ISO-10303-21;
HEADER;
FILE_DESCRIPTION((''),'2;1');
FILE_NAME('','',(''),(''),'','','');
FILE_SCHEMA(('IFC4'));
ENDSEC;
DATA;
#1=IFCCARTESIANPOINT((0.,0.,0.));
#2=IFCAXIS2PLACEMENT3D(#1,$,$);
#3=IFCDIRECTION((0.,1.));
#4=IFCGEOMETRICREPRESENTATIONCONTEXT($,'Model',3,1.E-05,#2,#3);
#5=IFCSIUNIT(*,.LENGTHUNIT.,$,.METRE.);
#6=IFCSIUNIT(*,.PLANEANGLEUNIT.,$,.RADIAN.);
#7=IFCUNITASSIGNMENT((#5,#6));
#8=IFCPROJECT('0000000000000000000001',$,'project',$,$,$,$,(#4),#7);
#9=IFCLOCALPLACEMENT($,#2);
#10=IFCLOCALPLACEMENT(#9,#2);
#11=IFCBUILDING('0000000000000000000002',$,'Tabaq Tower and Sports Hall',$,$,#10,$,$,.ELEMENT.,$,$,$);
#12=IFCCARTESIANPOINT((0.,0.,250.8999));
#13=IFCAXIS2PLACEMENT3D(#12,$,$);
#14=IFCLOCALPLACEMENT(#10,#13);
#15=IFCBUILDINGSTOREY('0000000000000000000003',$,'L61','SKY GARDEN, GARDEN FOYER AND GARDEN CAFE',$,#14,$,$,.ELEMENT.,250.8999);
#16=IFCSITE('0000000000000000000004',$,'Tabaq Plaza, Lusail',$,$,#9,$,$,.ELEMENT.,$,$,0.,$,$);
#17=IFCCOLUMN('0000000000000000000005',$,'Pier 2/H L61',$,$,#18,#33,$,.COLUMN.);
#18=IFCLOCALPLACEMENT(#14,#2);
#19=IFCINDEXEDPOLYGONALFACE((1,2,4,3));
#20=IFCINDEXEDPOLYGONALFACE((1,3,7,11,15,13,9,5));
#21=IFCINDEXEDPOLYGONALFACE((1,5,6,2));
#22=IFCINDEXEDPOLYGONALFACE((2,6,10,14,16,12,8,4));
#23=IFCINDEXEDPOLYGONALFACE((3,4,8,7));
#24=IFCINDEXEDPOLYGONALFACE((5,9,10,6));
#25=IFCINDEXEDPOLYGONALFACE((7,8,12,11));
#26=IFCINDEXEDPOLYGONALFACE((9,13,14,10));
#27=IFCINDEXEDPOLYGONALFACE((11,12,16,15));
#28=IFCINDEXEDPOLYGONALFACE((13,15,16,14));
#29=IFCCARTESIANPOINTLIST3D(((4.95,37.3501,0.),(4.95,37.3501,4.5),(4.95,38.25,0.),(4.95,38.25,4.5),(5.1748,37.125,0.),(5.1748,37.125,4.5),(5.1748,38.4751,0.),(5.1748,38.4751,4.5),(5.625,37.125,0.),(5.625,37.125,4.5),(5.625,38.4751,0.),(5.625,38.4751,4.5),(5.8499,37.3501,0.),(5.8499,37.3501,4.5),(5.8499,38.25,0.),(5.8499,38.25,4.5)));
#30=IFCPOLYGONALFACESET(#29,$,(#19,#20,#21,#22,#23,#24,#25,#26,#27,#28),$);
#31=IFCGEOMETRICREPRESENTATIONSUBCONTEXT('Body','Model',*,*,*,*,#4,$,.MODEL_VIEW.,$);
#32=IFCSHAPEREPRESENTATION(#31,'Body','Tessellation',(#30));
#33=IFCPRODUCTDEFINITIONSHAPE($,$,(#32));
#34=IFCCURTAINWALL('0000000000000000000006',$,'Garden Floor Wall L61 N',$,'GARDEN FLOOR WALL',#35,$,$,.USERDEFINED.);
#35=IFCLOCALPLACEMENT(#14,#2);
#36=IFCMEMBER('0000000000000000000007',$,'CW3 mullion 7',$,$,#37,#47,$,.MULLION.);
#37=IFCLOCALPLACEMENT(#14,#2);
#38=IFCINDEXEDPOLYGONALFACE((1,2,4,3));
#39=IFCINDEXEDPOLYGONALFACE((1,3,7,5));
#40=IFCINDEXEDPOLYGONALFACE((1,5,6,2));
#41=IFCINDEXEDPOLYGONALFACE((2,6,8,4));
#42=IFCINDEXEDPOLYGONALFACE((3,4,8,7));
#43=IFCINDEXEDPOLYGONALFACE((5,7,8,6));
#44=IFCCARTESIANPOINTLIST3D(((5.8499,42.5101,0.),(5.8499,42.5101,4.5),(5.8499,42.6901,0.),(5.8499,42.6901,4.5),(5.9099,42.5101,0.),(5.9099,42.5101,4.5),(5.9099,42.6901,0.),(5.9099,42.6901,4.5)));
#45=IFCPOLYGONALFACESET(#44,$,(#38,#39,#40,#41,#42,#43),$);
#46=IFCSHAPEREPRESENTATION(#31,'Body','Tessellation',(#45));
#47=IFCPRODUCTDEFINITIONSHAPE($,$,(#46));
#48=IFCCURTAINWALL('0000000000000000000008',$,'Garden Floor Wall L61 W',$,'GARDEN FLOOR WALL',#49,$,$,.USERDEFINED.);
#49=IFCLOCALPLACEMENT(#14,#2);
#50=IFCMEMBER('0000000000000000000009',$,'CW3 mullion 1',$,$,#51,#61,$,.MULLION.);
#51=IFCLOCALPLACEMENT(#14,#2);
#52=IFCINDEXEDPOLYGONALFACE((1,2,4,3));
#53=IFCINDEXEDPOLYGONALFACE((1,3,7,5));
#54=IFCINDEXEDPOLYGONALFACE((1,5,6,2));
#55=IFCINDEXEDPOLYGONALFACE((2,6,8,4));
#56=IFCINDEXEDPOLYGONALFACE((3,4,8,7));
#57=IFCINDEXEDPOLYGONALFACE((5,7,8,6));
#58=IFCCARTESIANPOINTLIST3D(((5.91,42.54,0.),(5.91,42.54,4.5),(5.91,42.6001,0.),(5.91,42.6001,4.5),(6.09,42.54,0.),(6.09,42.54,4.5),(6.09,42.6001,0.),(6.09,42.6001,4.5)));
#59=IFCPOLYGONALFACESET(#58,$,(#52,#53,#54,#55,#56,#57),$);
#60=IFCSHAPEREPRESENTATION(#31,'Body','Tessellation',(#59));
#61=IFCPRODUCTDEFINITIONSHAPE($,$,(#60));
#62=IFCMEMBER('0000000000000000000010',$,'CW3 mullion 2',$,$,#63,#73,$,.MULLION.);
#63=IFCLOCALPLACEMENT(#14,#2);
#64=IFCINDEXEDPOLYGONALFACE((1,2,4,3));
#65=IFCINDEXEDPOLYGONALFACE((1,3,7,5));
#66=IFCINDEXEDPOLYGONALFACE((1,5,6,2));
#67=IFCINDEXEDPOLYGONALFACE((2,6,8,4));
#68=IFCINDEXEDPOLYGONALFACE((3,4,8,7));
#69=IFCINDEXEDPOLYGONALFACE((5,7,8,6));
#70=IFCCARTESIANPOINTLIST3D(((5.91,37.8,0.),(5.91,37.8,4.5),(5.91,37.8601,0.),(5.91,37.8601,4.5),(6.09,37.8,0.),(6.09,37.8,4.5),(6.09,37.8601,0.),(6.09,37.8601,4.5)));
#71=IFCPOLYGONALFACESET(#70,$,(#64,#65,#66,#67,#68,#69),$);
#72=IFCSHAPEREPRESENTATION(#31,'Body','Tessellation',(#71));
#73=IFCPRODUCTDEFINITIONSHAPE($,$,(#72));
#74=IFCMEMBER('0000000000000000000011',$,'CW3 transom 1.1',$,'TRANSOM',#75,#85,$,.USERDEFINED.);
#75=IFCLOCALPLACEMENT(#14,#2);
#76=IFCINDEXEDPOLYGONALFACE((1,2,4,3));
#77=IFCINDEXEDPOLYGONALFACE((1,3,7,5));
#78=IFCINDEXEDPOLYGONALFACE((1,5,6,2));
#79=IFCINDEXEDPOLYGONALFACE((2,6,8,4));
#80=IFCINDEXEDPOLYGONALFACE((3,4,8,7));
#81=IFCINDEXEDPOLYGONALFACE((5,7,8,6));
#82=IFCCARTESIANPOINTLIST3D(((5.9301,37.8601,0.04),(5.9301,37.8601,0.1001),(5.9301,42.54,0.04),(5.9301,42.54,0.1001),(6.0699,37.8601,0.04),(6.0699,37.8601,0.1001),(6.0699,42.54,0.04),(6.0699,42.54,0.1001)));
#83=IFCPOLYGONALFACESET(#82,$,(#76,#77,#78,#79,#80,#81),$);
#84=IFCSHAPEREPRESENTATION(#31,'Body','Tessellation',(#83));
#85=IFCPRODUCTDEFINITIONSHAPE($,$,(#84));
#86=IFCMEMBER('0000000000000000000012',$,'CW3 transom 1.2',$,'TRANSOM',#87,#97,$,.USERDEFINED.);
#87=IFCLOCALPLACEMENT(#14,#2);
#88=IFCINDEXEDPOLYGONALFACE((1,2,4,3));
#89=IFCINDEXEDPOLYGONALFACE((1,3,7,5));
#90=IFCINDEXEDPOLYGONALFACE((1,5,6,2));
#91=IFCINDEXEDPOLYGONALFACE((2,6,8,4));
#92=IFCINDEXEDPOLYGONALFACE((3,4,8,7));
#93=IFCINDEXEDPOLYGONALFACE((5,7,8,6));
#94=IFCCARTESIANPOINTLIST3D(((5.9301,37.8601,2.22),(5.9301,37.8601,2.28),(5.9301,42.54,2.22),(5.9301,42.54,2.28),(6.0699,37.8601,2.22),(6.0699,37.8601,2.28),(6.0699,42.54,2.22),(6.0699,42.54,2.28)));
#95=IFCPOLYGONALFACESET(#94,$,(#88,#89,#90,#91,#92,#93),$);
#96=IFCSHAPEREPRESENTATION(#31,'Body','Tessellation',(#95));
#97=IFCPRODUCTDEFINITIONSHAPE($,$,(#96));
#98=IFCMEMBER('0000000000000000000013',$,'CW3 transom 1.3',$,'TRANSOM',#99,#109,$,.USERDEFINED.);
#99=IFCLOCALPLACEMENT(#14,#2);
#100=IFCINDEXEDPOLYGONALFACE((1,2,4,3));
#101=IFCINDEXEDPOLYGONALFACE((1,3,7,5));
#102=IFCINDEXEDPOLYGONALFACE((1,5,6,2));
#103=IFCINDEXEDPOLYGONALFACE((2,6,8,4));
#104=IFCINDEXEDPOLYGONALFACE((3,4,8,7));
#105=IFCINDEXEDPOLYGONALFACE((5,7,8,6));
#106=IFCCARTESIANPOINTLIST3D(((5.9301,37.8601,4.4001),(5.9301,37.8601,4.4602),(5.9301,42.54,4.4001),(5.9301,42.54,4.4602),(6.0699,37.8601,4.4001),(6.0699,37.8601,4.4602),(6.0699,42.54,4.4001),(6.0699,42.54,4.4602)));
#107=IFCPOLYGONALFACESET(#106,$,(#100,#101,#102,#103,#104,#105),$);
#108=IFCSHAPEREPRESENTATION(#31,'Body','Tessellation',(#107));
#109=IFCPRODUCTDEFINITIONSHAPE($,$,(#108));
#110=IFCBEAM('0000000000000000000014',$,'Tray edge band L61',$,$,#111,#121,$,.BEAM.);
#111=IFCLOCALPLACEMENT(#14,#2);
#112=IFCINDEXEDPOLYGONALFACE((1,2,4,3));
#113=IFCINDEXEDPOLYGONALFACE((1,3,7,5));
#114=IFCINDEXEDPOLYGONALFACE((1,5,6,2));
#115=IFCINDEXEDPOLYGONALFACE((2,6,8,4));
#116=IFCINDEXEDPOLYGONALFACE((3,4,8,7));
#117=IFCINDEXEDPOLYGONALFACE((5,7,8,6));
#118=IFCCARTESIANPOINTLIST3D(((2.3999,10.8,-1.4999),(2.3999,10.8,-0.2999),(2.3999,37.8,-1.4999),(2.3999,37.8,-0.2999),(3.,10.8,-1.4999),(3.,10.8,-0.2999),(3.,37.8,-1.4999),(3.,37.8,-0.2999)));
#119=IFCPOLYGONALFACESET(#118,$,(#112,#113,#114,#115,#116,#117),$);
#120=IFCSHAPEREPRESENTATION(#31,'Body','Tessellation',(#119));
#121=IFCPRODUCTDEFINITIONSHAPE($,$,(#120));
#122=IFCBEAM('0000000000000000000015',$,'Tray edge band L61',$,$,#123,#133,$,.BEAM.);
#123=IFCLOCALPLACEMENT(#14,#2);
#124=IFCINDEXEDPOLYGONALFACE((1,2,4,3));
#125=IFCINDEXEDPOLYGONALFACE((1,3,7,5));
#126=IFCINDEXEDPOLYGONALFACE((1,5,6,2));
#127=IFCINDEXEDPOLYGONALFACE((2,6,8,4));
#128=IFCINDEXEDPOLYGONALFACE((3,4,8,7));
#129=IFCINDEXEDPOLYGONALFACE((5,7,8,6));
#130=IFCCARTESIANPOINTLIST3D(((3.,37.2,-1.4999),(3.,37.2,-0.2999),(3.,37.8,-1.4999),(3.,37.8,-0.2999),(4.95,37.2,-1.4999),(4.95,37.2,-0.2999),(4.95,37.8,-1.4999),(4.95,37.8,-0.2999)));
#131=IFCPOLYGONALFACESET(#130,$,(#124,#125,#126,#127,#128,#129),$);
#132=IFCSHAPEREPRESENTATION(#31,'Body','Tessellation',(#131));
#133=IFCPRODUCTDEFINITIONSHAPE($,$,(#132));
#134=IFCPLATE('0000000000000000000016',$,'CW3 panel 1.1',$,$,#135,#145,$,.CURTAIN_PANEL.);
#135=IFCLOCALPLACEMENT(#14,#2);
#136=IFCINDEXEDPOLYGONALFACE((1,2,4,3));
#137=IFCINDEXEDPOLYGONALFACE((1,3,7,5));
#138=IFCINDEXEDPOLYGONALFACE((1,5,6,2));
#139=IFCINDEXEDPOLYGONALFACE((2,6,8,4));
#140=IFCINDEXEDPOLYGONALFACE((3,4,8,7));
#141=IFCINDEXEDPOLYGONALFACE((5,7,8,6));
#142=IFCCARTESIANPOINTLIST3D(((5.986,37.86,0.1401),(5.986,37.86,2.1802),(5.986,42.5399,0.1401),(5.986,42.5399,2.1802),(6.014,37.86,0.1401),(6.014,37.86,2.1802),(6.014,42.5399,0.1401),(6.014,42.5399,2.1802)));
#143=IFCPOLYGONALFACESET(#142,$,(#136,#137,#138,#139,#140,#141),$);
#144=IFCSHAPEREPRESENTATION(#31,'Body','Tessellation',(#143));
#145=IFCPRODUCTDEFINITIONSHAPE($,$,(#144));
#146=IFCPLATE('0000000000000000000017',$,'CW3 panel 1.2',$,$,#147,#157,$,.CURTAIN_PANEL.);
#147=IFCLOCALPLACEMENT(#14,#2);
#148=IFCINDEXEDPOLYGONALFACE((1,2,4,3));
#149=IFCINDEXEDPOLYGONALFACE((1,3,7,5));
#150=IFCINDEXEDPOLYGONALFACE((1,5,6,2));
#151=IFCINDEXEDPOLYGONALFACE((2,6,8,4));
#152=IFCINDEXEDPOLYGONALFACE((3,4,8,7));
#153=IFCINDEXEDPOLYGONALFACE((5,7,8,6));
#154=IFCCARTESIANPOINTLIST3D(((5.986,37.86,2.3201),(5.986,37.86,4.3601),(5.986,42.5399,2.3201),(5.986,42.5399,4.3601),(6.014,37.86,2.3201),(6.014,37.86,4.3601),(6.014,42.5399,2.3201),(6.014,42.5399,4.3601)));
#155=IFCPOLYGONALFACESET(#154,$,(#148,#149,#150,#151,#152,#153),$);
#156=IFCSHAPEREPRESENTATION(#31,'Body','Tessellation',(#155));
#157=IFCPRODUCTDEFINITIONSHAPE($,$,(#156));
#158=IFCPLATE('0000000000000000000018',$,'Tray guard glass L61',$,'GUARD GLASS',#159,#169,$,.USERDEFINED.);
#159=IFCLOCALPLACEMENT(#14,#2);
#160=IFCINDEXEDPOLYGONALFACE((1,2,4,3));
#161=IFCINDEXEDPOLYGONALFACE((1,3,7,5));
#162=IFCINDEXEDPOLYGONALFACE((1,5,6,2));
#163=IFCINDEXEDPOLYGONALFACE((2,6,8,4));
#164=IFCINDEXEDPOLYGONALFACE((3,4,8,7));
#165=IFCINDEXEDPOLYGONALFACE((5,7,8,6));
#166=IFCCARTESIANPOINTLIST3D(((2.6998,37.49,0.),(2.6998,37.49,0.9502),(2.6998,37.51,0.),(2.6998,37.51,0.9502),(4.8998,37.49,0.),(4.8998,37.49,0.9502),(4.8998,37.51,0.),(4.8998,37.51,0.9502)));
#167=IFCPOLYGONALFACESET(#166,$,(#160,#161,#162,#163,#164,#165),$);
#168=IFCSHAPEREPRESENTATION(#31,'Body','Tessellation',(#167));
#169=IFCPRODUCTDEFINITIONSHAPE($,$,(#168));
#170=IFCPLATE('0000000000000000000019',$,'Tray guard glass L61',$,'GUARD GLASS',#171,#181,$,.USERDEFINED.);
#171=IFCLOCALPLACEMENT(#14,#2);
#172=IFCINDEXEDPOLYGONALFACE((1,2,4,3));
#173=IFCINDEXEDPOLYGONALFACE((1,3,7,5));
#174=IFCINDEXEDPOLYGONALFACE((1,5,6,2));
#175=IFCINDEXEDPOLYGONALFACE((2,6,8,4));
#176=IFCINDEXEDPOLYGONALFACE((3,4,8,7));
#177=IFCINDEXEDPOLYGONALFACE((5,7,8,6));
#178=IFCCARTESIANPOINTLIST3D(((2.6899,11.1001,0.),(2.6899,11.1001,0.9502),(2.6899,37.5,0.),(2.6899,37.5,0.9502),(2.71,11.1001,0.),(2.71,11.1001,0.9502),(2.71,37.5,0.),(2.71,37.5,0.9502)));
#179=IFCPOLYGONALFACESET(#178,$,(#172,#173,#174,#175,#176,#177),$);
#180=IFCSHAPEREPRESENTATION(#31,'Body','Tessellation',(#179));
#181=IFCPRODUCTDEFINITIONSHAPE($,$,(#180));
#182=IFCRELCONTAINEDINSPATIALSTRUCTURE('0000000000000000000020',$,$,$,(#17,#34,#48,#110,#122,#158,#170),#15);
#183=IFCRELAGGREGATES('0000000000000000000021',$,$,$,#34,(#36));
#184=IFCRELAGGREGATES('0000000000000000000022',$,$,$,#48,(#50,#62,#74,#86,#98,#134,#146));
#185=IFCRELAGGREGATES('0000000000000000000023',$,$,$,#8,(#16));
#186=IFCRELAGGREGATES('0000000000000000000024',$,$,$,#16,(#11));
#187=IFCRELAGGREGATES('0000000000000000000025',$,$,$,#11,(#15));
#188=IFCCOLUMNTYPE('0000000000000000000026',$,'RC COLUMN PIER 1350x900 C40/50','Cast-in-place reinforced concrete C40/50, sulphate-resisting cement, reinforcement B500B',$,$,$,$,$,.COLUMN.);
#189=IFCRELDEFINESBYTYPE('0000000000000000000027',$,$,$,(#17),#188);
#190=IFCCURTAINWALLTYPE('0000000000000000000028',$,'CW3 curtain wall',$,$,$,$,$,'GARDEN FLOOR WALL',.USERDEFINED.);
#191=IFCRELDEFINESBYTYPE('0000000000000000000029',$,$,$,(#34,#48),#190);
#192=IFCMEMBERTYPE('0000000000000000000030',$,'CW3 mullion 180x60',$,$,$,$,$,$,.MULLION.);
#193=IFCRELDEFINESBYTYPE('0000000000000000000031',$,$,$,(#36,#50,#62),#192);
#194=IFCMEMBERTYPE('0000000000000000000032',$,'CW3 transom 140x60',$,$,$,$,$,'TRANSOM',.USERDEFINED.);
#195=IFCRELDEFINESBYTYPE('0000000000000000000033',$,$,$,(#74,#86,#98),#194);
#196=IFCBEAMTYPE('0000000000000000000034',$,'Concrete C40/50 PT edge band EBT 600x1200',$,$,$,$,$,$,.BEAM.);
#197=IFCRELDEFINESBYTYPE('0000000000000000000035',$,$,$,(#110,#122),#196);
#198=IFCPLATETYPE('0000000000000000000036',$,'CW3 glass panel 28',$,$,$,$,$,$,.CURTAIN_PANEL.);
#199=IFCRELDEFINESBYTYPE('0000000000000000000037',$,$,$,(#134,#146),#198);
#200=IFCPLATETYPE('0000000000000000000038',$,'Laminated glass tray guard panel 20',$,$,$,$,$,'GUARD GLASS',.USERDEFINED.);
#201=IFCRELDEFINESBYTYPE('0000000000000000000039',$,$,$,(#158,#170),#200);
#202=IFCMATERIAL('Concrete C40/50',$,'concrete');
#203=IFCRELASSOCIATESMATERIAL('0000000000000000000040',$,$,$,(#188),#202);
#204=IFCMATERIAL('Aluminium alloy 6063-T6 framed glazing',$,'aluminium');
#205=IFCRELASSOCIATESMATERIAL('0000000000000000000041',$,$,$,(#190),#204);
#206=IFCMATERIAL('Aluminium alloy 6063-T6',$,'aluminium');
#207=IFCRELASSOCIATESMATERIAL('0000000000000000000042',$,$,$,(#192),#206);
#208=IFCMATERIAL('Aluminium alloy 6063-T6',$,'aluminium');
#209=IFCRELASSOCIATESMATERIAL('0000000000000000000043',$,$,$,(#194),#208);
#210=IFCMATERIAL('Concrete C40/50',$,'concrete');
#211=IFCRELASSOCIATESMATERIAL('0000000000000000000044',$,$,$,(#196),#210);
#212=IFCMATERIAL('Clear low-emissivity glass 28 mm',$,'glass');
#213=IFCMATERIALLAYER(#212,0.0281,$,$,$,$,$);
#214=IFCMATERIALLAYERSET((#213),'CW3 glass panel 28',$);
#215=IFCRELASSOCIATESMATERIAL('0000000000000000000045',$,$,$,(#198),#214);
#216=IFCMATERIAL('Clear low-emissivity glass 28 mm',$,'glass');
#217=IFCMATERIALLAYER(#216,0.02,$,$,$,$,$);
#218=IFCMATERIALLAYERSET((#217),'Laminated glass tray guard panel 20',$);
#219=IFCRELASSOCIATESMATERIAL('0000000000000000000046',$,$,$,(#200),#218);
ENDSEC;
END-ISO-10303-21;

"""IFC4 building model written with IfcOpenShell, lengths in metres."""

from ifc_helpers import new_model, si_unit, direction, frame, frame_2d, origin, origin_2d, place, context, subcontext, project, spatial, polyline, rectangle, outline, extrude, material, layer, layer_set, material_profile, profile_set, type_object, element, aggregate, save


model = new_model("IFC4")

# Units and contexts
model_context = context("Model", 3, precision=1e-05, world=origin(), true_north=direction((0.0, 1.0)))
body_context = subcontext(model_context, "Body", "Model", "MODEL_VIEW")
ifc_project = project(units=[si_unit("LENGTHUNIT", "METRE"), si_unit("PLANEANGLEUNIT", "RADIAN")], contexts=[model_context])

# Site, building, storey
site_placement = place(None, origin())
site = spatial("IfcSite", under=ifc_project, at=site_placement, Name="Tabaq Plaza, Lusail", CompositionType="ELEMENT", RefElevation=0.0)
building_placement = place(site_placement, origin())
building = spatial("IfcBuilding", under=site, at=building_placement, Name="Tabaq Tower and Sports Hall", CompositionType="ELEMENT")
storey_placement = place(building_placement, frame((0.0, 0.0, 250.8999)))
storey = spatial("IfcBuildingStorey", under=building, at=storey_placement, Name="L61", Description="SKY GARDEN, GARDEN FOYER AND GARDEN CAFE", CompositionType="ELEMENT", Elevation=250.8999)

# Column
ifc_material_1 = material(Name="Concrete C40/50", Category="concrete")
ifc_material_profile_1 = material_profile(ifc_material_1, outline(polyline([(-0.45, -0.45), (0.45, -0.45), (0.675, -0.2251), (0.675, 0.2251), (0.45, 0.45), (-0.45, 0.45), (-0.675, 0.2251), (-0.675, -0.2251), (-0.45, -0.45)])), Name="PIER 1350x900")
ifc_profile_set_1 = profile_set([ifc_material_profile_1], Name="Concrete C40/50")
column_type = type_object("IfcColumnType", Name="RC COLUMN PIER 1350x900 C40/50", Description="Cast-in-place reinforced concrete C40/50, sulphate-resisting cement, reinforcement B500B", PredefinedType="COLUMN", material=ifc_profile_set_1)
column_placement = place(storey_placement, frame((5.3999, 37.8, 0.0), z_axis=(0.0, 0.0, 1.0), x_axis=(0.0, 1.0, 0.0)))
element("IfcColumn", 1, at=column_placement, inside=storey, type_object=column_type, Name="Pier 2/H L61", PredefinedType="COLUMN", context=body_context, shape_type="SweptSolid", body=[
    extrude(outline(polyline([(-0.45, -0.45), (0.45, -0.45), (0.675, -0.2251), (0.675, 0.2251), (0.45, 0.45), (-0.45, 0.45), (-0.675, 0.2251), (-0.675, -0.2251), (-0.45, -0.45)])), origin(), (0.0, 0.0, 1.0), 4.5),
])

# Curtain wall, member
ifc_material_2 = material(Name="Aluminium alloy 6063-T6 framed glazing", Category="aluminium")
curtain_wall_type = type_object("IfcCurtainWallType", Name="CW3 curtain wall", ElementType="GARDEN FLOOR WALL", PredefinedType="USERDEFINED", material=ifc_material_2)
curtain_wall_1_placement = place(storey_placement, origin())
curtain_wall_1 = element("IfcCurtainWall", 2, at=curtain_wall_1_placement, inside=storey, type_object=curtain_wall_type, Name="Garden Floor Wall L61 N", ObjectType="GARDEN FLOOR WALL", PredefinedType="USERDEFINED")
ifc_material_3 = material(Name="Aluminium alloy 6063-T6", Category="aluminium")
ifc_material_profile_2 = material_profile(ifc_material_3, rectangle(XDim=0.1799, YDim=0.0601, at=origin_2d()), Name="MULLION 180x60")
ifc_profile_set_2 = profile_set([ifc_material_profile_2], Name="Aluminium alloy 6063-T6")
member_type_1 = type_object("IfcMemberType", Name="CW3 mullion 180x60", PredefinedType="MULLION", material=ifc_profile_set_2)
member_1_placement = place(storey_placement, frame((5.8799, 42.6001, 0.0), z_axis=(0.0, 0.0, 1.0), x_axis=(0.0, -1.0, 0.0)))
member_1 = element("IfcMember", 3, at=member_1_placement, type_object=member_type_1, Name="CW3 mullion 7", PredefinedType="MULLION", context=body_context, shape_type="SweptSolid", body=[
    extrude(rectangle(XDim=0.1799, YDim=0.0601, at=origin_2d()), origin(), (0.0, 0.0, 1.0), 4.5),
])
aggregate(curtain_wall_1, [member_1])

# Curtain wall, members
curtain_wall_2_placement = place(storey_placement, origin())
curtain_wall_2 = element("IfcCurtainWall", 4, at=curtain_wall_2_placement, inside=storey, type_object=curtain_wall_type, Name="Garden Floor Wall L61 W", ObjectType="GARDEN FLOOR WALL", PredefinedType="USERDEFINED")
member_2_placement = place(storey_placement, frame((6.0, 42.5701, 0.0), z_axis=(0.0, 0.0, 1.0), x_axis=(1.0, 0.0, 0.0)))
member_2 = element("IfcMember", 5, at=member_2_placement, type_object=member_type_1, Name="CW3 mullion 1", PredefinedType="MULLION", context=body_context, shape_type="SweptSolid", body=[
    extrude(rectangle(XDim=0.1799, YDim=0.0601, at=origin_2d()), origin(), (0.0, 0.0, 1.0), 4.5),
])
member_3_placement = place(storey_placement, frame((6.0, 37.8301, 0.0), z_axis=(0.0, 0.0, 1.0), x_axis=(1.0, 0.0, 0.0)))
member_3 = element("IfcMember", 6, at=member_3_placement, type_object=member_type_1, Name="CW3 mullion 2", PredefinedType="MULLION", context=body_context, shape_type="SweptSolid", body=[
    extrude(rectangle(XDim=0.1799, YDim=0.0601, at=origin_2d()), origin(), (0.0, 0.0, 1.0), 4.5),
])
ifc_material_4 = material(Name="Aluminium alloy 6063-T6", Category="aluminium")
ifc_material_profile_3 = material_profile(ifc_material_4, rectangle(XDim=0.1399, YDim=0.0601, at=origin_2d()), Name="TRANSOM 140x60")
ifc_profile_set_3 = profile_set([ifc_material_profile_3], Name="Aluminium alloy 6063-T6")
member_type_2 = type_object("IfcMemberType", Name="CW3 transom 140x60", ElementType="TRANSOM", PredefinedType="USERDEFINED", material=ifc_profile_set_3)
member_4_placement = place(storey_placement, frame((6.0, 42.54, 0.0701), z_axis=(0.0, -1.0, 0.0), x_axis=(1.0, 0.0, 0.0)))
member_4 = element("IfcMember", 7, at=member_4_placement, type_object=member_type_2, Name="CW3 transom 1.1", ObjectType="TRANSOM", PredefinedType="USERDEFINED", context=body_context, shape_type="SweptSolid", body=[
    extrude(rectangle(XDim=0.1399, YDim=0.0601, at=origin_2d()), origin(), (0.0, 0.0, 1.0), 4.6799),
])
member_5_placement = place(storey_placement, frame((6.0, 42.54, 2.25), z_axis=(0.0, -1.0, 0.0), x_axis=(1.0, 0.0, 0.0)))
member_5 = element("IfcMember", 8, at=member_5_placement, type_object=member_type_2, Name="CW3 transom 1.2", ObjectType="TRANSOM", PredefinedType="USERDEFINED", context=body_context, shape_type="SweptSolid", body=[
    extrude(rectangle(XDim=0.1399, YDim=0.0601, at=origin_2d()), origin(), (0.0, 0.0, 1.0), 4.6799),
])
member_6_placement = place(storey_placement, frame((6.0, 42.54, 4.4302), z_axis=(0.0, -1.0, 0.0), x_axis=(1.0, 0.0, 0.0)))
member_6 = element("IfcMember", 9, at=member_6_placement, type_object=member_type_2, Name="CW3 transom 1.3", ObjectType="TRANSOM", PredefinedType="USERDEFINED", context=body_context, shape_type="SweptSolid", body=[
    extrude(rectangle(XDim=0.1399, YDim=0.0601, at=origin_2d()), origin(), (0.0, 0.0, 1.0), 4.6799),
])

# Beams
ifc_material_5 = material(Name="Concrete C40/50", Category="concrete")
ifc_material_profile_4 = material_profile(ifc_material_5, rectangle(XDim=0.6001, YDim=1.2, at=origin_2d()), Name="EBT 600x1200")
ifc_profile_set_4 = profile_set([ifc_material_profile_4], Name="Concrete C40/50")
beam_type = type_object("IfcBeamType", Name="Concrete C40/50 PT edge band EBT 600x1200", PredefinedType="BEAM", material=ifc_profile_set_4)
beam_1_placement = place(storey_placement, frame((2.7, 37.8, -0.8999), z_axis=(0.0, -1.0, 0.0), x_axis=(1.0, 0.0, 0.0)))
element("IfcBeam", 10, at=beam_1_placement, inside=storey, type_object=beam_type, Name="Tray edge band L61", PredefinedType="BEAM", context=body_context, shape_type="SweptSolid", body=[
    extrude(rectangle(XDim=0.6001, YDim=1.2, at=origin_2d()), origin(), (0.0, 0.0, 1.0), 27.0),
])
beam_2_placement = place(storey_placement, frame((4.95, 37.5, -0.8999), z_axis=(-1.0, 0.0, 0.0), x_axis=(0.0, -1.0, 0.0)))
element("IfcBeam", 11, at=beam_2_placement, inside=storey, type_object=beam_type, Name="Tray edge band L61", PredefinedType="BEAM", context=body_context, shape_type="SweptSolid", body=[
    extrude(rectangle(XDim=0.6001, YDim=1.2, at=origin_2d()), origin(), (0.0, 0.0, 1.0), 1.95),
])

# Plates
ifc_material_6 = material(Name="Clear low-emissivity glass 28 mm", Category="glass")
ifc_layer_1 = layer(ifc_material_6, 0.0281)
ifc_layer_set_1 = layer_set([ifc_layer_1], Name="CW3 glass panel 28")
plate_type_1 = type_object("IfcPlateType", Name="CW3 glass panel 28", PredefinedType="CURTAIN_PANEL", material=ifc_layer_set_1)
plate_1_placement = place(storey_placement, frame((6.0, 40.2, 0.1401), z_axis=(0.0, 0.0, 1.0), x_axis=(0.0, -1.0, 0.0)))
plate_1 = element("IfcPlate", 12, at=plate_1_placement, type_object=plate_type_1, Name="CW3 panel 1.1", PredefinedType="CURTAIN_PANEL", context=body_context, shape_type="SweptSolid", body=[
    extrude(rectangle(XDim=4.6799, YDim=0.0281, at=origin_2d()), origin(), (0.0, 0.0, 1.0), 2.04),
])
plate_2_placement = place(storey_placement, frame((6.0, 40.2, 2.3201), z_axis=(0.0, 0.0, 1.0), x_axis=(0.0, -1.0, 0.0)))
plate_2 = element("IfcPlate", 13, at=plate_2_placement, type_object=plate_type_1, Name="CW3 panel 1.2", PredefinedType="CURTAIN_PANEL", context=body_context, shape_type="SweptSolid", body=[
    extrude(rectangle(XDim=4.6799, YDim=0.0281, at=origin_2d()), origin(), (0.0, 0.0, 1.0), 2.04),
])
aggregate(curtain_wall_2, [member_2, member_3, member_4, member_5, member_6, plate_1, plate_2])

# Plates
ifc_material_7 = material(Name="Clear low-emissivity glass 28 mm", Category="glass")
ifc_layer_2 = layer(ifc_material_7, 0.02)
ifc_layer_set_2 = layer_set([ifc_layer_2], Name="Laminated glass tray guard panel 20")
plate_type_2 = type_object("IfcPlateType", Name="Laminated glass tray guard panel 20", ElementType="GUARD GLASS", PredefinedType="USERDEFINED", material=ifc_layer_set_2)
plate_3_placement = place(storey_placement, frame((4.8999, 37.5, 0.0), z_axis=(0.0, 0.0, 1.0), x_axis=(-1.0, 0.0, 0.0)))
element("IfcPlate", 14, at=plate_3_placement, inside=storey, type_object=plate_type_2, Name="Tray guard glass L61", ObjectType="GUARD GLASS", PredefinedType="USERDEFINED", context=body_context, shape_type="SweptSolid", body=[
    extrude(rectangle(XDim=2.2, YDim=0.02, at=frame_2d((1.1001, 0.0))), origin(), (0.0, 0.0, 1.0), 0.9502),
])
plate_4_placement = place(storey_placement, frame((2.7, 37.5, 0.0), z_axis=(0.0, 0.0, 1.0), x_axis=(0.0, -1.0, 0.0)))
element("IfcPlate", 15, at=plate_4_placement, inside=storey, type_object=plate_type_2, Name="Tray guard glass L61", ObjectType="GUARD GLASS", PredefinedType="USERDEFINED", context=body_context, shape_type="SweptSolid", body=[
    extrude(rectangle(XDim=26.3999, YDim=0.02, at=frame_2d((13.2, 0.0))), origin(), (0.0, 0.0, 1.0), 0.9502),
])

save(model, "model.ifc")
